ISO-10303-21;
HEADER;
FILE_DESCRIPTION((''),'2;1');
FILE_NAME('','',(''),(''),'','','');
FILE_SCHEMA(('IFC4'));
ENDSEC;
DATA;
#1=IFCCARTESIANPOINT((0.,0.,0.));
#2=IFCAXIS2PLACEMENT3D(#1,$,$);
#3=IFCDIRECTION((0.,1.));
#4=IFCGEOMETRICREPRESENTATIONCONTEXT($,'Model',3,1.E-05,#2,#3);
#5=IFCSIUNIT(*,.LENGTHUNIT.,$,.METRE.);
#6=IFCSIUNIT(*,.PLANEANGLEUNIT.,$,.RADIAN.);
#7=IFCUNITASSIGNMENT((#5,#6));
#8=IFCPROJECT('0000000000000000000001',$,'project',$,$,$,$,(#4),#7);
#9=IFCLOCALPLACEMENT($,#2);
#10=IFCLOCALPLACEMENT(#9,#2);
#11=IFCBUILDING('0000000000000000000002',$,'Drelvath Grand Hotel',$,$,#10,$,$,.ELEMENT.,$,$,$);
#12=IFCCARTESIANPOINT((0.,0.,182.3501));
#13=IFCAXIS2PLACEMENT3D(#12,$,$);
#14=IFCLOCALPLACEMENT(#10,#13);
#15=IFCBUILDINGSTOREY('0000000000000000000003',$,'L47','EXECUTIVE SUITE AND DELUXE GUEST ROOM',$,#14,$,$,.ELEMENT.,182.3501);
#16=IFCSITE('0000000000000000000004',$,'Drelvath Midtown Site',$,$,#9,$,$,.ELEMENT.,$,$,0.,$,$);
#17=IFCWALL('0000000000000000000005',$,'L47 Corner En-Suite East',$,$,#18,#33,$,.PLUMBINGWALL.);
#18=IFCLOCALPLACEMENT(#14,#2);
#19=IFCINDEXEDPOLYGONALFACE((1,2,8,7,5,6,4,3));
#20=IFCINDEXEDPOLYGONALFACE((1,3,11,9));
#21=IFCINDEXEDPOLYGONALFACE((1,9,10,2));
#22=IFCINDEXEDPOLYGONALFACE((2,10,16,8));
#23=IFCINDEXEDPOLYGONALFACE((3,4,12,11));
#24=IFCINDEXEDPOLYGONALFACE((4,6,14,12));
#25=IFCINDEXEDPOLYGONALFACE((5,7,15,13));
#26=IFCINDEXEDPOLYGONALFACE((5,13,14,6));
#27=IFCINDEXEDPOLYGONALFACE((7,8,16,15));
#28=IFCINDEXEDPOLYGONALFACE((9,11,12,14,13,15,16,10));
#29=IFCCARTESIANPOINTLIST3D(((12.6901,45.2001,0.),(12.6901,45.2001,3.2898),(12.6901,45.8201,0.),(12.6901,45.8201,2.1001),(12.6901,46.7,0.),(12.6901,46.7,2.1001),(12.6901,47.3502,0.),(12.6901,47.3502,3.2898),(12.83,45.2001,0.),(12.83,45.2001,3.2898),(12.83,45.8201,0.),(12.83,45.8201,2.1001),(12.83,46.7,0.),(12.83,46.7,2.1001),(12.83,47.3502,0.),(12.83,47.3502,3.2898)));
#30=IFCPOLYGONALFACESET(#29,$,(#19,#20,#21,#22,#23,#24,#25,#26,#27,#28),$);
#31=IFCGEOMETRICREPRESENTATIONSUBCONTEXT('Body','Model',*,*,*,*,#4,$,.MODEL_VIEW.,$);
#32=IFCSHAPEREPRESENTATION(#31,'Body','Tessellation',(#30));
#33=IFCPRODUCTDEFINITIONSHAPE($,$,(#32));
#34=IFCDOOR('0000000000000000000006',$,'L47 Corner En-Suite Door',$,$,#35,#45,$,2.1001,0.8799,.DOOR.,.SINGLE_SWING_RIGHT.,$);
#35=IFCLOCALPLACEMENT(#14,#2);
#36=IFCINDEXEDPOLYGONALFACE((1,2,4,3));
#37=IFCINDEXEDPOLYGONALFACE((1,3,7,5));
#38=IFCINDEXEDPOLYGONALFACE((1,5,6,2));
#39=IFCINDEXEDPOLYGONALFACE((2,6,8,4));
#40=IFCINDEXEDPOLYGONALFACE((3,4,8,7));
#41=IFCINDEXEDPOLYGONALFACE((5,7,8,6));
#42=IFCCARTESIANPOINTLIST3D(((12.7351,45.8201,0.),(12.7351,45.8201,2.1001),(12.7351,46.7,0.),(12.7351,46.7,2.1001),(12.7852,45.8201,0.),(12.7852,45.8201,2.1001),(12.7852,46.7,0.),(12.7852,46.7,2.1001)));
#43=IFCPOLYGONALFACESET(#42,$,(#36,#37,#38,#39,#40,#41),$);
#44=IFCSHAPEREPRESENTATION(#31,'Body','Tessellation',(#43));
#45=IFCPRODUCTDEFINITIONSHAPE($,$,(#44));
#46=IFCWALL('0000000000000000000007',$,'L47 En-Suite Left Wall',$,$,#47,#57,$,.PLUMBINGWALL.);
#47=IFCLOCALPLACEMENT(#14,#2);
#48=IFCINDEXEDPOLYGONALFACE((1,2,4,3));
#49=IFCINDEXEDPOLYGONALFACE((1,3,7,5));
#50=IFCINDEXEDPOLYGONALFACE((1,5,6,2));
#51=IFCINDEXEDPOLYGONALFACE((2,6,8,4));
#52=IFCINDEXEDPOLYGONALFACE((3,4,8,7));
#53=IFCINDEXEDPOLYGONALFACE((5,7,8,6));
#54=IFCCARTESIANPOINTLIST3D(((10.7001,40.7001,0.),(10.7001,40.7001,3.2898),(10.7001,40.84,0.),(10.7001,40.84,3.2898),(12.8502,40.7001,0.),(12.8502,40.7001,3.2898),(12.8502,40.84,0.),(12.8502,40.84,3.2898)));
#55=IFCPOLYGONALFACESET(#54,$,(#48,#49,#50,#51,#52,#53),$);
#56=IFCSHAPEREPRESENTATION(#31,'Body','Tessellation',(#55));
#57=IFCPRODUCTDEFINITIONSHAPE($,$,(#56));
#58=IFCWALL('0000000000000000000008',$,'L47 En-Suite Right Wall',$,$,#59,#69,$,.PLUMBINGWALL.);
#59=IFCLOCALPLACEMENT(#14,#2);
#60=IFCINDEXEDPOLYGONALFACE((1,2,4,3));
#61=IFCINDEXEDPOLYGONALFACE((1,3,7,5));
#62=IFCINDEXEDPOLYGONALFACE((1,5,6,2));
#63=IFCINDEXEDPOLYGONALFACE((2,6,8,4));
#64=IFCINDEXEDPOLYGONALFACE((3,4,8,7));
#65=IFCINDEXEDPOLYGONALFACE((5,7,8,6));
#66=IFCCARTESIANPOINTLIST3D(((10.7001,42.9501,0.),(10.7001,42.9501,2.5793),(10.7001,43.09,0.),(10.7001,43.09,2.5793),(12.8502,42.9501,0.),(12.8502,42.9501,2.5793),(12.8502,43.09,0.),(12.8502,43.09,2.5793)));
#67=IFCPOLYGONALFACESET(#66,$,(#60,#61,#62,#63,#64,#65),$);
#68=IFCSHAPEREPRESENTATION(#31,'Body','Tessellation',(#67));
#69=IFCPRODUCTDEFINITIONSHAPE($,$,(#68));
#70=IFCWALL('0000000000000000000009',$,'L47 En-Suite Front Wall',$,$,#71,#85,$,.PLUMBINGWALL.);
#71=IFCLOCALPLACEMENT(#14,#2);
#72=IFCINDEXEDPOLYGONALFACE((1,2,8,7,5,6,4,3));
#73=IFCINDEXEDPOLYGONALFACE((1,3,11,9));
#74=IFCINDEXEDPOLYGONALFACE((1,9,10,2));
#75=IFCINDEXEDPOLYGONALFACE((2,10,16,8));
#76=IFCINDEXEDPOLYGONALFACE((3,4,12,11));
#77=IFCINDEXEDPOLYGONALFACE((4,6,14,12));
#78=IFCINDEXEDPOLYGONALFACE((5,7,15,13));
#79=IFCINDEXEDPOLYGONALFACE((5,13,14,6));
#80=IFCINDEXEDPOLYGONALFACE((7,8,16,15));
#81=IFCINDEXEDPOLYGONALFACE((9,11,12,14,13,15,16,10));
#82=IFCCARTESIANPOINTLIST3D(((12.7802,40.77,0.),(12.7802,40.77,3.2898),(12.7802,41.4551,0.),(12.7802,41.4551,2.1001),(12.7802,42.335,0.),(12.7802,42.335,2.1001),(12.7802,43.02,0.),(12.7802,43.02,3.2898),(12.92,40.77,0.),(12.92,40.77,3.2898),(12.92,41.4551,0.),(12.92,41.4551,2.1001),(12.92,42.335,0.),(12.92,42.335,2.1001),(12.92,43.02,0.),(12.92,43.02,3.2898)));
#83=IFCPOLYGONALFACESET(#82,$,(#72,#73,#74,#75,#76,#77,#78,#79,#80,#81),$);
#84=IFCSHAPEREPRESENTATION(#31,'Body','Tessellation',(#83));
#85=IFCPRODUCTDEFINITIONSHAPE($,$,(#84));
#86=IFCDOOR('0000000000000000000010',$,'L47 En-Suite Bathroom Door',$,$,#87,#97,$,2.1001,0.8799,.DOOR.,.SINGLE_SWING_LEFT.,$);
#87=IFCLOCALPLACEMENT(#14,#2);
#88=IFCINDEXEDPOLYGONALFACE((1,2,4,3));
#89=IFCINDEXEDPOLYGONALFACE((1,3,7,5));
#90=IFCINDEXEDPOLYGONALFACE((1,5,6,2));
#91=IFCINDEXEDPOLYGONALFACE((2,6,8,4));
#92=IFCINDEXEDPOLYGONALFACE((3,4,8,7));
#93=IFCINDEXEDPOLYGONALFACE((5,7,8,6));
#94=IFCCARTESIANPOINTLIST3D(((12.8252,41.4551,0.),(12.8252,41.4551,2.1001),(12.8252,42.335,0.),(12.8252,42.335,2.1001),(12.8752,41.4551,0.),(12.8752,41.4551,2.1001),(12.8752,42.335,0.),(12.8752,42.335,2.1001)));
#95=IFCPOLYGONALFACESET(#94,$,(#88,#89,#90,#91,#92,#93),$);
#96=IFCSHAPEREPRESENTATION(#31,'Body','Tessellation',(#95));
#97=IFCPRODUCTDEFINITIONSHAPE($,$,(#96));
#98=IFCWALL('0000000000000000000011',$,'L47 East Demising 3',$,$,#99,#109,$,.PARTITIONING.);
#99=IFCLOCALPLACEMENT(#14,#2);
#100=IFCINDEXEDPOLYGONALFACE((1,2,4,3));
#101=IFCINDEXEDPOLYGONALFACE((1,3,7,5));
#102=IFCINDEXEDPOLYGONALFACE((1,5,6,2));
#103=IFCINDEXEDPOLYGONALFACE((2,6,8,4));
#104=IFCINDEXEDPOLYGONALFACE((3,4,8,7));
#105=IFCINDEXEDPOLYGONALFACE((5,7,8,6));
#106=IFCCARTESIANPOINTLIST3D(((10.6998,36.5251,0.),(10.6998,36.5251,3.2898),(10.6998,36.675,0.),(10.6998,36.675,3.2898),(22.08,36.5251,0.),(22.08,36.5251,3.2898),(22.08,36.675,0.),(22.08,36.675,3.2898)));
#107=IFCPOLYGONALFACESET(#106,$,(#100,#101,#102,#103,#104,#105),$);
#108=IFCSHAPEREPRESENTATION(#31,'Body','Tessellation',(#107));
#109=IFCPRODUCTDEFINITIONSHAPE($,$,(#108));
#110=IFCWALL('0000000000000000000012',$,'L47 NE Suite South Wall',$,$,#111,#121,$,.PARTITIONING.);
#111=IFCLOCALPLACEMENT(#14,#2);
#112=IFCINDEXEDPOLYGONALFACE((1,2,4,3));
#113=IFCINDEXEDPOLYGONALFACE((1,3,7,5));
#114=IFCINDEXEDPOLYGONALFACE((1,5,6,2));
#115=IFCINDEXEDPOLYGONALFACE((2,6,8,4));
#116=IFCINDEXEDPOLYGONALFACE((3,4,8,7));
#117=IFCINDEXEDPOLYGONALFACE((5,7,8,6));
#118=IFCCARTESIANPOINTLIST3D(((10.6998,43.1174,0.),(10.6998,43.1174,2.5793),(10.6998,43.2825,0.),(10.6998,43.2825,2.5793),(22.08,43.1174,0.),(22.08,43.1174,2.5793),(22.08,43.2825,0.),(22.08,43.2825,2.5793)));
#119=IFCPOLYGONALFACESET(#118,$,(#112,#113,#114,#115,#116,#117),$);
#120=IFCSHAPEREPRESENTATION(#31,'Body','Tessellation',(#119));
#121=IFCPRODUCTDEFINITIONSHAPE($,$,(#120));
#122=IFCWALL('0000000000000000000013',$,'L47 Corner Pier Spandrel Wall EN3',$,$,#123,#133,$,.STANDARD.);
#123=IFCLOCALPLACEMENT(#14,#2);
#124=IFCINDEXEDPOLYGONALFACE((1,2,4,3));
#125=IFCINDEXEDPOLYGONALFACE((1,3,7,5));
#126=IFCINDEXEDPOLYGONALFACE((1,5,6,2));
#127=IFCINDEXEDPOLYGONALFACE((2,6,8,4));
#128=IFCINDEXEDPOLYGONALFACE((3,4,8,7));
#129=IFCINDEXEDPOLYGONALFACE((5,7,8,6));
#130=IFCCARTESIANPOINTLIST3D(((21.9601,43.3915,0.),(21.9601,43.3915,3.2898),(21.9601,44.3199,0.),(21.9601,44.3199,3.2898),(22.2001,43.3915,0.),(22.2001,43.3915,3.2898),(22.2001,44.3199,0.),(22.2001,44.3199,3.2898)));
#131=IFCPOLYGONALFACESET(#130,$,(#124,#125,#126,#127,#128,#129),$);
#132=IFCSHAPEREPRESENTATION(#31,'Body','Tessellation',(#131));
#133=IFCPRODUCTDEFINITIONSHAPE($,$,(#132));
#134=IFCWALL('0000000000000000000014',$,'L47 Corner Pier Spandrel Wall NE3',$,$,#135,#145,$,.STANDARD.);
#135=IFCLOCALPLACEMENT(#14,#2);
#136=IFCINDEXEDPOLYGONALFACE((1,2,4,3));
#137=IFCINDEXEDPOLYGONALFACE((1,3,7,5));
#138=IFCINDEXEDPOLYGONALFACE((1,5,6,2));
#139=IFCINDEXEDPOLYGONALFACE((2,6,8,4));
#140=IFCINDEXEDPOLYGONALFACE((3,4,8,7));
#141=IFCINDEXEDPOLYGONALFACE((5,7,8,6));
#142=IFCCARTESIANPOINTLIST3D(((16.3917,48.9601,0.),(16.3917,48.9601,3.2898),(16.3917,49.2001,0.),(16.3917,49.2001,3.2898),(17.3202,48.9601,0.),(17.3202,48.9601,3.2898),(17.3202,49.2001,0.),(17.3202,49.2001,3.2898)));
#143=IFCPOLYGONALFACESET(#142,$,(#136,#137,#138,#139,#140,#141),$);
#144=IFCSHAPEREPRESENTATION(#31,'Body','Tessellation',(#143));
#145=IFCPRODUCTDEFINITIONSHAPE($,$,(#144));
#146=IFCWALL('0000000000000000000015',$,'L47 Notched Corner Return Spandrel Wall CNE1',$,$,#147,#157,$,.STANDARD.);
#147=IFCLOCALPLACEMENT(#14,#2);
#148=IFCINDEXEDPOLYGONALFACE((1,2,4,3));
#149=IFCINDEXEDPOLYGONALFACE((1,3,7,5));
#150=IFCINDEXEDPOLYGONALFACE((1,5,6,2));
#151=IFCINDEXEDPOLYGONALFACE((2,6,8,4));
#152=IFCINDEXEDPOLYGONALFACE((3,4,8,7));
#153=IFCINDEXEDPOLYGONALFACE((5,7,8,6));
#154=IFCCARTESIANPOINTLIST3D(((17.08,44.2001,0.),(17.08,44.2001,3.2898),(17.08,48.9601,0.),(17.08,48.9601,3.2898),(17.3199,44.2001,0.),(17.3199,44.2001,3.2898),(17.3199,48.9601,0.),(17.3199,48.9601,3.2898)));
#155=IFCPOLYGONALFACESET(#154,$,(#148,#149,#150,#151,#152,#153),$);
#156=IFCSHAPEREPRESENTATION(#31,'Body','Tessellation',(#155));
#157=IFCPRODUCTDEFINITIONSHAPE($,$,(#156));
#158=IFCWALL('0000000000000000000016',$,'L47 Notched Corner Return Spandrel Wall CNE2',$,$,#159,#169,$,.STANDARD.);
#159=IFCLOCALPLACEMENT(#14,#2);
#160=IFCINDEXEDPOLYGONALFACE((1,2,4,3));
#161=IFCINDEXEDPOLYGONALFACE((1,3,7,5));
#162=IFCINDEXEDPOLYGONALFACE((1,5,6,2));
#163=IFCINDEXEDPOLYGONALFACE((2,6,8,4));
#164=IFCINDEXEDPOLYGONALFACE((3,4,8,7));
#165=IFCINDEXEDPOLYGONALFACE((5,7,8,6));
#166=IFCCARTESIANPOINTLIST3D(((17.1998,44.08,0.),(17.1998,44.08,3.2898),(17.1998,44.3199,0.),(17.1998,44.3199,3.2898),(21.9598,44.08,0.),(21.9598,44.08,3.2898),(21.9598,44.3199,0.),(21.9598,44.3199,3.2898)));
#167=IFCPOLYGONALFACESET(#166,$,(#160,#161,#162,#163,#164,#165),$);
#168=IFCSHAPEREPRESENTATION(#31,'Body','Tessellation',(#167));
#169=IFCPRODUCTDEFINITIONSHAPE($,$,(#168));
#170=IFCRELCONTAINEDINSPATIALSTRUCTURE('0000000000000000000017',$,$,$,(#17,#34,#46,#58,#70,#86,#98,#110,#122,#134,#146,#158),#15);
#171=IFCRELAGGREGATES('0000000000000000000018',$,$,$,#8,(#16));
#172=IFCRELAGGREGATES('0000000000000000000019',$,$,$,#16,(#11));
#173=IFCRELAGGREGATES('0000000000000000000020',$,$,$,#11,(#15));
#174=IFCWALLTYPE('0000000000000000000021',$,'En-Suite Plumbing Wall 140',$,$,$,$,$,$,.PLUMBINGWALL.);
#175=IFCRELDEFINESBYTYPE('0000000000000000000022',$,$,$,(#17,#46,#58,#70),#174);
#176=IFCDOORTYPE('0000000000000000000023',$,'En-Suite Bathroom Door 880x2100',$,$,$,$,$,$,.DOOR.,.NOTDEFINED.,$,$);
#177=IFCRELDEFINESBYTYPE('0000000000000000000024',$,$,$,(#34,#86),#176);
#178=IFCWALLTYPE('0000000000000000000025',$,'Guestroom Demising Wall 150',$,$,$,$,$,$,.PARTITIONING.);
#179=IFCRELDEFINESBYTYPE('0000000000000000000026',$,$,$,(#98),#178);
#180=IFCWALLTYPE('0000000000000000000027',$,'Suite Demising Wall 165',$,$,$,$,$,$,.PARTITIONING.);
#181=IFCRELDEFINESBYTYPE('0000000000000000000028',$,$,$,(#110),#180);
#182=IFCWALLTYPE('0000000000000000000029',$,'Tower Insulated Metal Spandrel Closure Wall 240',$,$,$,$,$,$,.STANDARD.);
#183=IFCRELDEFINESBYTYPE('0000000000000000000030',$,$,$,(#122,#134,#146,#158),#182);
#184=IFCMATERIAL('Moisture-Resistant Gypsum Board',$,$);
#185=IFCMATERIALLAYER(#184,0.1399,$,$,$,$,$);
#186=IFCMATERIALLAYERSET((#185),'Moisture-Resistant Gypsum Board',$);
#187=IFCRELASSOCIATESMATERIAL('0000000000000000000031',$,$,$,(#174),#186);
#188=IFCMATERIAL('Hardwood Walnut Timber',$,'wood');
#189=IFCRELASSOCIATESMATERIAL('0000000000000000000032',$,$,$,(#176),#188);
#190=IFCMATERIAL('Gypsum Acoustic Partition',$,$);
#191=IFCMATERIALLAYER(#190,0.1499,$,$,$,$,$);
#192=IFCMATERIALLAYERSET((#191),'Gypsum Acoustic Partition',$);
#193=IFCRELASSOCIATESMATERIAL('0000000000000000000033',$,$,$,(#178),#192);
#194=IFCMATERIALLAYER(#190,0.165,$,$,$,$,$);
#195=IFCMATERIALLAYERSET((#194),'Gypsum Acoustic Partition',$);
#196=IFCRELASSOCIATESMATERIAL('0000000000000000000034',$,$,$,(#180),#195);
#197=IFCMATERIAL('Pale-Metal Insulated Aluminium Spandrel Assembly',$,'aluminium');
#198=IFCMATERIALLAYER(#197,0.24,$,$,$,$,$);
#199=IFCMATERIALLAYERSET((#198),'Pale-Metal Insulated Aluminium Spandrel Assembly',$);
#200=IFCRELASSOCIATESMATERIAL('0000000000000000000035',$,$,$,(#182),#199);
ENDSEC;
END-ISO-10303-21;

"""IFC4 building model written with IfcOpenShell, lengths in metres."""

from ifc_helpers import new_model, si_unit, direction, frame, frame_2d, origin, place, context, subcontext, project, spatial, rectangle, extrude, material, layer, layer_set, type_object, element, fill, save


model = new_model("IFC4")

# Units and contexts
model_context = context("Model", 3, precision=1e-05, world=origin(), true_north=direction((0.0, 1.0)))
body_context = subcontext(model_context, "Body", "Model", "MODEL_VIEW")
ifc_project = project(units=[si_unit("LENGTHUNIT", "METRE"), si_unit("PLANEANGLEUNIT", "RADIAN")], contexts=[model_context])

# Site, building, storey
site_placement = place(None, origin())
site = spatial("IfcSite", under=ifc_project, at=site_placement, Name="Drelvath Midtown Site", CompositionType="ELEMENT", RefElevation=0.0)
building_placement = place(site_placement, origin())
building = spatial("IfcBuilding", under=site, at=building_placement, Name="Drelvath Grand Hotel", CompositionType="ELEMENT")
storey_placement = place(building_placement, frame((0.0, 0.0, 182.3501)))
storey = spatial("IfcBuildingStorey", under=building, at=storey_placement, Name="L47", Description="EXECUTIVE SUITE AND DELUXE GUEST ROOM", CompositionType="ELEMENT", Elevation=182.3501)

# Wall, opening, door
ifc_material_1 = material(Name="Moisture-Resistant Gypsum Board")
ifc_layer_1 = layer(ifc_material_1, 0.1399)
ifc_layer_set_1 = layer_set([ifc_layer_1], Name="Moisture-Resistant Gypsum Board")
wall_type_1 = type_object("IfcWallType", Name="En-Suite Plumbing Wall 140", PredefinedType="PLUMBINGWALL", material=ifc_layer_set_1)
wall_1_placement = place(storey_placement, frame((12.76, 45.2, 0.0), z_axis=(0.0, 0.0, 1.0), x_axis=(0.0, 1.0, 0.0)))
wall_1 = element("IfcWall", 1, at=wall_1_placement, inside=storey, type_object=wall_type_1, Name="L47 Corner En-Suite East", PredefinedType="PLUMBINGWALL", context=body_context, shape_type="SweptSolid", body=[
    extrude(rectangle(XDim=2.1501, YDim=0.1399, at=frame_2d((1.0752, 0.0))), origin(), (0.0, 0.0, 1.0), 3.2898),
])
opening_1_placement = place(wall_1_placement, frame((0.6201, 0.0, 0.0)))
opening_1 = element("IfcOpeningElement", 2, at=opening_1_placement, cuts=wall_1, PredefinedType="OPENING", context=body_context, shape_type="SweptSolid", body=[
    extrude(rectangle(XDim=0.8799, YDim=2.1001, at=frame_2d((0.4399, 1.05))), frame((0.0, 0.0798, 0.0), z_axis=(0.0, -1.0, 0.0), x_axis=(1.0, 0.0, 0.0)), (0.0, 0.0, 1.0), 0.1599),
])
ifc_material_2 = material(Name="Hardwood Walnut Timber", Category="wood")
door_type = type_object("IfcDoorType", Name="En-Suite Bathroom Door 880x2100", OperationType="NOTDEFINED", PredefinedType="DOOR", material=ifc_material_2)
door_1_placement = place(opening_1_placement, origin())
door_1 = element("IfcDoor", 3, at=door_1_placement, inside=storey, type_object=door_type, Name="L47 Corner En-Suite Door", OperationType="SINGLE_SWING_RIGHT", OverallHeight=2.1001, OverallWidth=0.8799, PredefinedType="DOOR", context=body_context, shape_type="SweptSolid", body=[
    extrude(rectangle(XDim=0.8799, YDim=2.1001, at=frame_2d((0.4399, 1.05))), frame((0.0, 0.0249, 0.0), z_axis=(0.0, -1.0, 0.0), x_axis=(1.0, 0.0, 0.0)), (0.0, 0.0, 1.0), 0.05),
])
fill(opening_1, door_1)

# Walls
wall_2_placement = place(storey_placement, frame((10.7, 40.77, 0.0), z_axis=(0.0, 0.0, 1.0), x_axis=(1.0, 0.0, 0.0)))
element("IfcWall", 4, at=wall_2_placement, inside=storey, type_object=wall_type_1, Name="L47 En-Suite Left Wall", PredefinedType="PLUMBINGWALL", context=body_context, shape_type="SweptSolid", body=[
    extrude(rectangle(XDim=2.1501, YDim=0.1399, at=frame_2d((1.0752, 0.0))), origin(), (0.0, 0.0, 1.0), 3.2898),
])
wall_3_placement = place(storey_placement, frame((10.7, 43.02, 0.0), z_axis=(0.0, 0.0, 1.0), x_axis=(1.0, 0.0, 0.0)))
element("IfcWall", 5, at=wall_3_placement, inside=storey, type_object=wall_type_1, Name="L47 En-Suite Right Wall", PredefinedType="PLUMBINGWALL", context=body_context, shape_type="SweptSolid", body=[
    extrude(rectangle(XDim=2.1501, YDim=0.1399, at=frame_2d((1.0752, 0.0))), origin(), (0.0, 0.0, 1.0), 2.5793),
])

# Wall, opening, door
wall_4_placement = place(storey_placement, frame((12.8501, 40.77, 0.0), z_axis=(0.0, 0.0, 1.0), x_axis=(0.0, 1.0, 0.0)))
wall_4 = element("IfcWall", 6, at=wall_4_placement, inside=storey, type_object=wall_type_1, Name="L47 En-Suite Front Wall", PredefinedType="PLUMBINGWALL", context=body_context, shape_type="SweptSolid", body=[
    extrude(rectangle(XDim=2.25, YDim=0.1399, at=frame_2d((1.125, 0.0))), origin(), (0.0, 0.0, 1.0), 3.2898),
])
opening_2_placement = place(wall_4_placement, frame((0.6851, 0.0, 0.0)))
opening_2 = element("IfcOpeningElement", 7, at=opening_2_placement, cuts=wall_4, PredefinedType="OPENING", context=body_context, shape_type="SweptSolid", body=[
    extrude(rectangle(XDim=0.8799, YDim=2.1001, at=frame_2d((0.4399, 1.05))), frame((0.0, 0.0798, 0.0), z_axis=(0.0, -1.0, 0.0), x_axis=(1.0, 0.0, 0.0)), (0.0, 0.0, 1.0), 0.1599),
])
door_2_placement = place(opening_2_placement, origin())
door_2 = element("IfcDoor", 8, at=door_2_placement, inside=storey, type_object=door_type, Name="L47 En-Suite Bathroom Door", OperationType="SINGLE_SWING_LEFT", OverallHeight=2.1001, OverallWidth=0.8799, PredefinedType="DOOR", context=body_context, shape_type="SweptSolid", body=[
    extrude(rectangle(XDim=0.8799, YDim=2.1001, at=frame_2d((0.4399, 1.05))), frame((0.0, 0.0249, 0.0), z_axis=(0.0, -1.0, 0.0), x_axis=(1.0, 0.0, 0.0)), (0.0, 0.0, 1.0), 0.05),
])
fill(opening_2, door_2)

# Walls
ifc_material_3 = material(Name="Gypsum Acoustic Partition")
ifc_layer_2 = layer(ifc_material_3, 0.1499)
ifc_layer_set_2 = layer_set([ifc_layer_2], Name="Gypsum Acoustic Partition")
wall_type_2 = type_object("IfcWallType", Name="Guestroom Demising Wall 150", PredefinedType="PARTITIONING", material=ifc_layer_set_2)
wall_5_placement = place(storey_placement, frame((10.7, 36.6001, 0.0), z_axis=(0.0, 0.0, 1.0), x_axis=(1.0, 0.0, 0.0)))
element("IfcWall", 9, at=wall_5_placement, inside=storey, type_object=wall_type_2, Name="L47 East Demising 3", PredefinedType="PARTITIONING", context=body_context, shape_type="SweptSolid", body=[
    extrude(rectangle(XDim=11.3801, YDim=0.1499, at=frame_2d((5.6899, 0.0))), origin(), (0.0, 0.0, 1.0), 3.2898),
])
ifc_layer_3 = layer(ifc_material_3, 0.165)
ifc_layer_set_3 = layer_set([ifc_layer_3], Name="Gypsum Acoustic Partition")
wall_type_3 = type_object("IfcWallType", Name="Suite Demising Wall 165", PredefinedType="PARTITIONING", material=ifc_layer_set_3)
wall_6_placement = place(storey_placement, frame((10.7, 43.2, 0.0), z_axis=(0.0, 0.0, 1.0), x_axis=(1.0, 0.0, 0.0)))
element("IfcWall", 10, at=wall_6_placement, inside=storey, type_object=wall_type_3, Name="L47 NE Suite South Wall", PredefinedType="PARTITIONING", context=body_context, shape_type="SweptSolid", body=[
    extrude(rectangle(XDim=11.3801, YDim=0.165, at=frame_2d((5.6899, 0.0))), origin(), (0.0, 0.0, 1.0), 2.5793),
])
ifc_material_4 = material(Name="Pale-Metal Insulated Aluminium Spandrel Assembly", Category="aluminium")
ifc_layer_4 = layer(ifc_material_4, 0.24)
ifc_layer_set_4 = layer_set([ifc_layer_4], Name="Pale-Metal Insulated Aluminium Spandrel Assembly")
wall_type_4 = type_object("IfcWallType", Name="Tower Insulated Metal Spandrel Closure Wall 240", PredefinedType="STANDARD", material=ifc_layer_set_4)
for number, where, z_axis, x_axis, name in (
    (11, (22.0801, 44.3201, 0.0), (0.0, 0.0, 1.0), (0.0, -1.0, 0.0), "L47 Corner Pier Spandrel Wall EN3"),
    (12, (16.3916, 49.0801, 0.0), (0.0, 0.0, 1.0), (1.0, 0.0, 0.0), "L47 Corner Pier Spandrel Wall NE3"),
):
    element("IfcWall", number, at=place(storey_placement, frame(where, z_axis=z_axis, x_axis=x_axis)), inside=storey, type_object=wall_type_4, Name=name, PredefinedType="STANDARD", context=body_context, shape_type="SweptSolid", body=[
        extrude(rectangle(XDim=0.9285, YDim=0.24, at=frame_2d((0.4644, 0.0))), origin(), (0.0, 0.0, 1.0), 3.2898),
    ])
for number, where, z_axis, x_axis, name in (
    (13, (17.2, 48.96, 0.0), (0.0, 0.0, 1.0), (0.0, -1.0, 0.0), "L47 Notched Corner Return Spandrel Wall CNE1"),
    (14, (17.2, 44.2, 0.0), (0.0, 0.0, 1.0), (1.0, 0.0, 0.0), "L47 Notched Corner Return Spandrel Wall CNE2"),
):
    element("IfcWall", number, at=place(storey_placement, frame(where, z_axis=z_axis, x_axis=x_axis)), inside=storey, type_object=wall_type_4, Name=name, PredefinedType="STANDARD", context=body_context, shape_type="SweptSolid", body=[
        extrude(rectangle(XDim=4.76, YDim=0.24, at=frame_2d((2.3799, 0.0))), origin(), (0.0, 0.0, 1.0), 3.2898),
    ])

save(model, "model.ifc")
